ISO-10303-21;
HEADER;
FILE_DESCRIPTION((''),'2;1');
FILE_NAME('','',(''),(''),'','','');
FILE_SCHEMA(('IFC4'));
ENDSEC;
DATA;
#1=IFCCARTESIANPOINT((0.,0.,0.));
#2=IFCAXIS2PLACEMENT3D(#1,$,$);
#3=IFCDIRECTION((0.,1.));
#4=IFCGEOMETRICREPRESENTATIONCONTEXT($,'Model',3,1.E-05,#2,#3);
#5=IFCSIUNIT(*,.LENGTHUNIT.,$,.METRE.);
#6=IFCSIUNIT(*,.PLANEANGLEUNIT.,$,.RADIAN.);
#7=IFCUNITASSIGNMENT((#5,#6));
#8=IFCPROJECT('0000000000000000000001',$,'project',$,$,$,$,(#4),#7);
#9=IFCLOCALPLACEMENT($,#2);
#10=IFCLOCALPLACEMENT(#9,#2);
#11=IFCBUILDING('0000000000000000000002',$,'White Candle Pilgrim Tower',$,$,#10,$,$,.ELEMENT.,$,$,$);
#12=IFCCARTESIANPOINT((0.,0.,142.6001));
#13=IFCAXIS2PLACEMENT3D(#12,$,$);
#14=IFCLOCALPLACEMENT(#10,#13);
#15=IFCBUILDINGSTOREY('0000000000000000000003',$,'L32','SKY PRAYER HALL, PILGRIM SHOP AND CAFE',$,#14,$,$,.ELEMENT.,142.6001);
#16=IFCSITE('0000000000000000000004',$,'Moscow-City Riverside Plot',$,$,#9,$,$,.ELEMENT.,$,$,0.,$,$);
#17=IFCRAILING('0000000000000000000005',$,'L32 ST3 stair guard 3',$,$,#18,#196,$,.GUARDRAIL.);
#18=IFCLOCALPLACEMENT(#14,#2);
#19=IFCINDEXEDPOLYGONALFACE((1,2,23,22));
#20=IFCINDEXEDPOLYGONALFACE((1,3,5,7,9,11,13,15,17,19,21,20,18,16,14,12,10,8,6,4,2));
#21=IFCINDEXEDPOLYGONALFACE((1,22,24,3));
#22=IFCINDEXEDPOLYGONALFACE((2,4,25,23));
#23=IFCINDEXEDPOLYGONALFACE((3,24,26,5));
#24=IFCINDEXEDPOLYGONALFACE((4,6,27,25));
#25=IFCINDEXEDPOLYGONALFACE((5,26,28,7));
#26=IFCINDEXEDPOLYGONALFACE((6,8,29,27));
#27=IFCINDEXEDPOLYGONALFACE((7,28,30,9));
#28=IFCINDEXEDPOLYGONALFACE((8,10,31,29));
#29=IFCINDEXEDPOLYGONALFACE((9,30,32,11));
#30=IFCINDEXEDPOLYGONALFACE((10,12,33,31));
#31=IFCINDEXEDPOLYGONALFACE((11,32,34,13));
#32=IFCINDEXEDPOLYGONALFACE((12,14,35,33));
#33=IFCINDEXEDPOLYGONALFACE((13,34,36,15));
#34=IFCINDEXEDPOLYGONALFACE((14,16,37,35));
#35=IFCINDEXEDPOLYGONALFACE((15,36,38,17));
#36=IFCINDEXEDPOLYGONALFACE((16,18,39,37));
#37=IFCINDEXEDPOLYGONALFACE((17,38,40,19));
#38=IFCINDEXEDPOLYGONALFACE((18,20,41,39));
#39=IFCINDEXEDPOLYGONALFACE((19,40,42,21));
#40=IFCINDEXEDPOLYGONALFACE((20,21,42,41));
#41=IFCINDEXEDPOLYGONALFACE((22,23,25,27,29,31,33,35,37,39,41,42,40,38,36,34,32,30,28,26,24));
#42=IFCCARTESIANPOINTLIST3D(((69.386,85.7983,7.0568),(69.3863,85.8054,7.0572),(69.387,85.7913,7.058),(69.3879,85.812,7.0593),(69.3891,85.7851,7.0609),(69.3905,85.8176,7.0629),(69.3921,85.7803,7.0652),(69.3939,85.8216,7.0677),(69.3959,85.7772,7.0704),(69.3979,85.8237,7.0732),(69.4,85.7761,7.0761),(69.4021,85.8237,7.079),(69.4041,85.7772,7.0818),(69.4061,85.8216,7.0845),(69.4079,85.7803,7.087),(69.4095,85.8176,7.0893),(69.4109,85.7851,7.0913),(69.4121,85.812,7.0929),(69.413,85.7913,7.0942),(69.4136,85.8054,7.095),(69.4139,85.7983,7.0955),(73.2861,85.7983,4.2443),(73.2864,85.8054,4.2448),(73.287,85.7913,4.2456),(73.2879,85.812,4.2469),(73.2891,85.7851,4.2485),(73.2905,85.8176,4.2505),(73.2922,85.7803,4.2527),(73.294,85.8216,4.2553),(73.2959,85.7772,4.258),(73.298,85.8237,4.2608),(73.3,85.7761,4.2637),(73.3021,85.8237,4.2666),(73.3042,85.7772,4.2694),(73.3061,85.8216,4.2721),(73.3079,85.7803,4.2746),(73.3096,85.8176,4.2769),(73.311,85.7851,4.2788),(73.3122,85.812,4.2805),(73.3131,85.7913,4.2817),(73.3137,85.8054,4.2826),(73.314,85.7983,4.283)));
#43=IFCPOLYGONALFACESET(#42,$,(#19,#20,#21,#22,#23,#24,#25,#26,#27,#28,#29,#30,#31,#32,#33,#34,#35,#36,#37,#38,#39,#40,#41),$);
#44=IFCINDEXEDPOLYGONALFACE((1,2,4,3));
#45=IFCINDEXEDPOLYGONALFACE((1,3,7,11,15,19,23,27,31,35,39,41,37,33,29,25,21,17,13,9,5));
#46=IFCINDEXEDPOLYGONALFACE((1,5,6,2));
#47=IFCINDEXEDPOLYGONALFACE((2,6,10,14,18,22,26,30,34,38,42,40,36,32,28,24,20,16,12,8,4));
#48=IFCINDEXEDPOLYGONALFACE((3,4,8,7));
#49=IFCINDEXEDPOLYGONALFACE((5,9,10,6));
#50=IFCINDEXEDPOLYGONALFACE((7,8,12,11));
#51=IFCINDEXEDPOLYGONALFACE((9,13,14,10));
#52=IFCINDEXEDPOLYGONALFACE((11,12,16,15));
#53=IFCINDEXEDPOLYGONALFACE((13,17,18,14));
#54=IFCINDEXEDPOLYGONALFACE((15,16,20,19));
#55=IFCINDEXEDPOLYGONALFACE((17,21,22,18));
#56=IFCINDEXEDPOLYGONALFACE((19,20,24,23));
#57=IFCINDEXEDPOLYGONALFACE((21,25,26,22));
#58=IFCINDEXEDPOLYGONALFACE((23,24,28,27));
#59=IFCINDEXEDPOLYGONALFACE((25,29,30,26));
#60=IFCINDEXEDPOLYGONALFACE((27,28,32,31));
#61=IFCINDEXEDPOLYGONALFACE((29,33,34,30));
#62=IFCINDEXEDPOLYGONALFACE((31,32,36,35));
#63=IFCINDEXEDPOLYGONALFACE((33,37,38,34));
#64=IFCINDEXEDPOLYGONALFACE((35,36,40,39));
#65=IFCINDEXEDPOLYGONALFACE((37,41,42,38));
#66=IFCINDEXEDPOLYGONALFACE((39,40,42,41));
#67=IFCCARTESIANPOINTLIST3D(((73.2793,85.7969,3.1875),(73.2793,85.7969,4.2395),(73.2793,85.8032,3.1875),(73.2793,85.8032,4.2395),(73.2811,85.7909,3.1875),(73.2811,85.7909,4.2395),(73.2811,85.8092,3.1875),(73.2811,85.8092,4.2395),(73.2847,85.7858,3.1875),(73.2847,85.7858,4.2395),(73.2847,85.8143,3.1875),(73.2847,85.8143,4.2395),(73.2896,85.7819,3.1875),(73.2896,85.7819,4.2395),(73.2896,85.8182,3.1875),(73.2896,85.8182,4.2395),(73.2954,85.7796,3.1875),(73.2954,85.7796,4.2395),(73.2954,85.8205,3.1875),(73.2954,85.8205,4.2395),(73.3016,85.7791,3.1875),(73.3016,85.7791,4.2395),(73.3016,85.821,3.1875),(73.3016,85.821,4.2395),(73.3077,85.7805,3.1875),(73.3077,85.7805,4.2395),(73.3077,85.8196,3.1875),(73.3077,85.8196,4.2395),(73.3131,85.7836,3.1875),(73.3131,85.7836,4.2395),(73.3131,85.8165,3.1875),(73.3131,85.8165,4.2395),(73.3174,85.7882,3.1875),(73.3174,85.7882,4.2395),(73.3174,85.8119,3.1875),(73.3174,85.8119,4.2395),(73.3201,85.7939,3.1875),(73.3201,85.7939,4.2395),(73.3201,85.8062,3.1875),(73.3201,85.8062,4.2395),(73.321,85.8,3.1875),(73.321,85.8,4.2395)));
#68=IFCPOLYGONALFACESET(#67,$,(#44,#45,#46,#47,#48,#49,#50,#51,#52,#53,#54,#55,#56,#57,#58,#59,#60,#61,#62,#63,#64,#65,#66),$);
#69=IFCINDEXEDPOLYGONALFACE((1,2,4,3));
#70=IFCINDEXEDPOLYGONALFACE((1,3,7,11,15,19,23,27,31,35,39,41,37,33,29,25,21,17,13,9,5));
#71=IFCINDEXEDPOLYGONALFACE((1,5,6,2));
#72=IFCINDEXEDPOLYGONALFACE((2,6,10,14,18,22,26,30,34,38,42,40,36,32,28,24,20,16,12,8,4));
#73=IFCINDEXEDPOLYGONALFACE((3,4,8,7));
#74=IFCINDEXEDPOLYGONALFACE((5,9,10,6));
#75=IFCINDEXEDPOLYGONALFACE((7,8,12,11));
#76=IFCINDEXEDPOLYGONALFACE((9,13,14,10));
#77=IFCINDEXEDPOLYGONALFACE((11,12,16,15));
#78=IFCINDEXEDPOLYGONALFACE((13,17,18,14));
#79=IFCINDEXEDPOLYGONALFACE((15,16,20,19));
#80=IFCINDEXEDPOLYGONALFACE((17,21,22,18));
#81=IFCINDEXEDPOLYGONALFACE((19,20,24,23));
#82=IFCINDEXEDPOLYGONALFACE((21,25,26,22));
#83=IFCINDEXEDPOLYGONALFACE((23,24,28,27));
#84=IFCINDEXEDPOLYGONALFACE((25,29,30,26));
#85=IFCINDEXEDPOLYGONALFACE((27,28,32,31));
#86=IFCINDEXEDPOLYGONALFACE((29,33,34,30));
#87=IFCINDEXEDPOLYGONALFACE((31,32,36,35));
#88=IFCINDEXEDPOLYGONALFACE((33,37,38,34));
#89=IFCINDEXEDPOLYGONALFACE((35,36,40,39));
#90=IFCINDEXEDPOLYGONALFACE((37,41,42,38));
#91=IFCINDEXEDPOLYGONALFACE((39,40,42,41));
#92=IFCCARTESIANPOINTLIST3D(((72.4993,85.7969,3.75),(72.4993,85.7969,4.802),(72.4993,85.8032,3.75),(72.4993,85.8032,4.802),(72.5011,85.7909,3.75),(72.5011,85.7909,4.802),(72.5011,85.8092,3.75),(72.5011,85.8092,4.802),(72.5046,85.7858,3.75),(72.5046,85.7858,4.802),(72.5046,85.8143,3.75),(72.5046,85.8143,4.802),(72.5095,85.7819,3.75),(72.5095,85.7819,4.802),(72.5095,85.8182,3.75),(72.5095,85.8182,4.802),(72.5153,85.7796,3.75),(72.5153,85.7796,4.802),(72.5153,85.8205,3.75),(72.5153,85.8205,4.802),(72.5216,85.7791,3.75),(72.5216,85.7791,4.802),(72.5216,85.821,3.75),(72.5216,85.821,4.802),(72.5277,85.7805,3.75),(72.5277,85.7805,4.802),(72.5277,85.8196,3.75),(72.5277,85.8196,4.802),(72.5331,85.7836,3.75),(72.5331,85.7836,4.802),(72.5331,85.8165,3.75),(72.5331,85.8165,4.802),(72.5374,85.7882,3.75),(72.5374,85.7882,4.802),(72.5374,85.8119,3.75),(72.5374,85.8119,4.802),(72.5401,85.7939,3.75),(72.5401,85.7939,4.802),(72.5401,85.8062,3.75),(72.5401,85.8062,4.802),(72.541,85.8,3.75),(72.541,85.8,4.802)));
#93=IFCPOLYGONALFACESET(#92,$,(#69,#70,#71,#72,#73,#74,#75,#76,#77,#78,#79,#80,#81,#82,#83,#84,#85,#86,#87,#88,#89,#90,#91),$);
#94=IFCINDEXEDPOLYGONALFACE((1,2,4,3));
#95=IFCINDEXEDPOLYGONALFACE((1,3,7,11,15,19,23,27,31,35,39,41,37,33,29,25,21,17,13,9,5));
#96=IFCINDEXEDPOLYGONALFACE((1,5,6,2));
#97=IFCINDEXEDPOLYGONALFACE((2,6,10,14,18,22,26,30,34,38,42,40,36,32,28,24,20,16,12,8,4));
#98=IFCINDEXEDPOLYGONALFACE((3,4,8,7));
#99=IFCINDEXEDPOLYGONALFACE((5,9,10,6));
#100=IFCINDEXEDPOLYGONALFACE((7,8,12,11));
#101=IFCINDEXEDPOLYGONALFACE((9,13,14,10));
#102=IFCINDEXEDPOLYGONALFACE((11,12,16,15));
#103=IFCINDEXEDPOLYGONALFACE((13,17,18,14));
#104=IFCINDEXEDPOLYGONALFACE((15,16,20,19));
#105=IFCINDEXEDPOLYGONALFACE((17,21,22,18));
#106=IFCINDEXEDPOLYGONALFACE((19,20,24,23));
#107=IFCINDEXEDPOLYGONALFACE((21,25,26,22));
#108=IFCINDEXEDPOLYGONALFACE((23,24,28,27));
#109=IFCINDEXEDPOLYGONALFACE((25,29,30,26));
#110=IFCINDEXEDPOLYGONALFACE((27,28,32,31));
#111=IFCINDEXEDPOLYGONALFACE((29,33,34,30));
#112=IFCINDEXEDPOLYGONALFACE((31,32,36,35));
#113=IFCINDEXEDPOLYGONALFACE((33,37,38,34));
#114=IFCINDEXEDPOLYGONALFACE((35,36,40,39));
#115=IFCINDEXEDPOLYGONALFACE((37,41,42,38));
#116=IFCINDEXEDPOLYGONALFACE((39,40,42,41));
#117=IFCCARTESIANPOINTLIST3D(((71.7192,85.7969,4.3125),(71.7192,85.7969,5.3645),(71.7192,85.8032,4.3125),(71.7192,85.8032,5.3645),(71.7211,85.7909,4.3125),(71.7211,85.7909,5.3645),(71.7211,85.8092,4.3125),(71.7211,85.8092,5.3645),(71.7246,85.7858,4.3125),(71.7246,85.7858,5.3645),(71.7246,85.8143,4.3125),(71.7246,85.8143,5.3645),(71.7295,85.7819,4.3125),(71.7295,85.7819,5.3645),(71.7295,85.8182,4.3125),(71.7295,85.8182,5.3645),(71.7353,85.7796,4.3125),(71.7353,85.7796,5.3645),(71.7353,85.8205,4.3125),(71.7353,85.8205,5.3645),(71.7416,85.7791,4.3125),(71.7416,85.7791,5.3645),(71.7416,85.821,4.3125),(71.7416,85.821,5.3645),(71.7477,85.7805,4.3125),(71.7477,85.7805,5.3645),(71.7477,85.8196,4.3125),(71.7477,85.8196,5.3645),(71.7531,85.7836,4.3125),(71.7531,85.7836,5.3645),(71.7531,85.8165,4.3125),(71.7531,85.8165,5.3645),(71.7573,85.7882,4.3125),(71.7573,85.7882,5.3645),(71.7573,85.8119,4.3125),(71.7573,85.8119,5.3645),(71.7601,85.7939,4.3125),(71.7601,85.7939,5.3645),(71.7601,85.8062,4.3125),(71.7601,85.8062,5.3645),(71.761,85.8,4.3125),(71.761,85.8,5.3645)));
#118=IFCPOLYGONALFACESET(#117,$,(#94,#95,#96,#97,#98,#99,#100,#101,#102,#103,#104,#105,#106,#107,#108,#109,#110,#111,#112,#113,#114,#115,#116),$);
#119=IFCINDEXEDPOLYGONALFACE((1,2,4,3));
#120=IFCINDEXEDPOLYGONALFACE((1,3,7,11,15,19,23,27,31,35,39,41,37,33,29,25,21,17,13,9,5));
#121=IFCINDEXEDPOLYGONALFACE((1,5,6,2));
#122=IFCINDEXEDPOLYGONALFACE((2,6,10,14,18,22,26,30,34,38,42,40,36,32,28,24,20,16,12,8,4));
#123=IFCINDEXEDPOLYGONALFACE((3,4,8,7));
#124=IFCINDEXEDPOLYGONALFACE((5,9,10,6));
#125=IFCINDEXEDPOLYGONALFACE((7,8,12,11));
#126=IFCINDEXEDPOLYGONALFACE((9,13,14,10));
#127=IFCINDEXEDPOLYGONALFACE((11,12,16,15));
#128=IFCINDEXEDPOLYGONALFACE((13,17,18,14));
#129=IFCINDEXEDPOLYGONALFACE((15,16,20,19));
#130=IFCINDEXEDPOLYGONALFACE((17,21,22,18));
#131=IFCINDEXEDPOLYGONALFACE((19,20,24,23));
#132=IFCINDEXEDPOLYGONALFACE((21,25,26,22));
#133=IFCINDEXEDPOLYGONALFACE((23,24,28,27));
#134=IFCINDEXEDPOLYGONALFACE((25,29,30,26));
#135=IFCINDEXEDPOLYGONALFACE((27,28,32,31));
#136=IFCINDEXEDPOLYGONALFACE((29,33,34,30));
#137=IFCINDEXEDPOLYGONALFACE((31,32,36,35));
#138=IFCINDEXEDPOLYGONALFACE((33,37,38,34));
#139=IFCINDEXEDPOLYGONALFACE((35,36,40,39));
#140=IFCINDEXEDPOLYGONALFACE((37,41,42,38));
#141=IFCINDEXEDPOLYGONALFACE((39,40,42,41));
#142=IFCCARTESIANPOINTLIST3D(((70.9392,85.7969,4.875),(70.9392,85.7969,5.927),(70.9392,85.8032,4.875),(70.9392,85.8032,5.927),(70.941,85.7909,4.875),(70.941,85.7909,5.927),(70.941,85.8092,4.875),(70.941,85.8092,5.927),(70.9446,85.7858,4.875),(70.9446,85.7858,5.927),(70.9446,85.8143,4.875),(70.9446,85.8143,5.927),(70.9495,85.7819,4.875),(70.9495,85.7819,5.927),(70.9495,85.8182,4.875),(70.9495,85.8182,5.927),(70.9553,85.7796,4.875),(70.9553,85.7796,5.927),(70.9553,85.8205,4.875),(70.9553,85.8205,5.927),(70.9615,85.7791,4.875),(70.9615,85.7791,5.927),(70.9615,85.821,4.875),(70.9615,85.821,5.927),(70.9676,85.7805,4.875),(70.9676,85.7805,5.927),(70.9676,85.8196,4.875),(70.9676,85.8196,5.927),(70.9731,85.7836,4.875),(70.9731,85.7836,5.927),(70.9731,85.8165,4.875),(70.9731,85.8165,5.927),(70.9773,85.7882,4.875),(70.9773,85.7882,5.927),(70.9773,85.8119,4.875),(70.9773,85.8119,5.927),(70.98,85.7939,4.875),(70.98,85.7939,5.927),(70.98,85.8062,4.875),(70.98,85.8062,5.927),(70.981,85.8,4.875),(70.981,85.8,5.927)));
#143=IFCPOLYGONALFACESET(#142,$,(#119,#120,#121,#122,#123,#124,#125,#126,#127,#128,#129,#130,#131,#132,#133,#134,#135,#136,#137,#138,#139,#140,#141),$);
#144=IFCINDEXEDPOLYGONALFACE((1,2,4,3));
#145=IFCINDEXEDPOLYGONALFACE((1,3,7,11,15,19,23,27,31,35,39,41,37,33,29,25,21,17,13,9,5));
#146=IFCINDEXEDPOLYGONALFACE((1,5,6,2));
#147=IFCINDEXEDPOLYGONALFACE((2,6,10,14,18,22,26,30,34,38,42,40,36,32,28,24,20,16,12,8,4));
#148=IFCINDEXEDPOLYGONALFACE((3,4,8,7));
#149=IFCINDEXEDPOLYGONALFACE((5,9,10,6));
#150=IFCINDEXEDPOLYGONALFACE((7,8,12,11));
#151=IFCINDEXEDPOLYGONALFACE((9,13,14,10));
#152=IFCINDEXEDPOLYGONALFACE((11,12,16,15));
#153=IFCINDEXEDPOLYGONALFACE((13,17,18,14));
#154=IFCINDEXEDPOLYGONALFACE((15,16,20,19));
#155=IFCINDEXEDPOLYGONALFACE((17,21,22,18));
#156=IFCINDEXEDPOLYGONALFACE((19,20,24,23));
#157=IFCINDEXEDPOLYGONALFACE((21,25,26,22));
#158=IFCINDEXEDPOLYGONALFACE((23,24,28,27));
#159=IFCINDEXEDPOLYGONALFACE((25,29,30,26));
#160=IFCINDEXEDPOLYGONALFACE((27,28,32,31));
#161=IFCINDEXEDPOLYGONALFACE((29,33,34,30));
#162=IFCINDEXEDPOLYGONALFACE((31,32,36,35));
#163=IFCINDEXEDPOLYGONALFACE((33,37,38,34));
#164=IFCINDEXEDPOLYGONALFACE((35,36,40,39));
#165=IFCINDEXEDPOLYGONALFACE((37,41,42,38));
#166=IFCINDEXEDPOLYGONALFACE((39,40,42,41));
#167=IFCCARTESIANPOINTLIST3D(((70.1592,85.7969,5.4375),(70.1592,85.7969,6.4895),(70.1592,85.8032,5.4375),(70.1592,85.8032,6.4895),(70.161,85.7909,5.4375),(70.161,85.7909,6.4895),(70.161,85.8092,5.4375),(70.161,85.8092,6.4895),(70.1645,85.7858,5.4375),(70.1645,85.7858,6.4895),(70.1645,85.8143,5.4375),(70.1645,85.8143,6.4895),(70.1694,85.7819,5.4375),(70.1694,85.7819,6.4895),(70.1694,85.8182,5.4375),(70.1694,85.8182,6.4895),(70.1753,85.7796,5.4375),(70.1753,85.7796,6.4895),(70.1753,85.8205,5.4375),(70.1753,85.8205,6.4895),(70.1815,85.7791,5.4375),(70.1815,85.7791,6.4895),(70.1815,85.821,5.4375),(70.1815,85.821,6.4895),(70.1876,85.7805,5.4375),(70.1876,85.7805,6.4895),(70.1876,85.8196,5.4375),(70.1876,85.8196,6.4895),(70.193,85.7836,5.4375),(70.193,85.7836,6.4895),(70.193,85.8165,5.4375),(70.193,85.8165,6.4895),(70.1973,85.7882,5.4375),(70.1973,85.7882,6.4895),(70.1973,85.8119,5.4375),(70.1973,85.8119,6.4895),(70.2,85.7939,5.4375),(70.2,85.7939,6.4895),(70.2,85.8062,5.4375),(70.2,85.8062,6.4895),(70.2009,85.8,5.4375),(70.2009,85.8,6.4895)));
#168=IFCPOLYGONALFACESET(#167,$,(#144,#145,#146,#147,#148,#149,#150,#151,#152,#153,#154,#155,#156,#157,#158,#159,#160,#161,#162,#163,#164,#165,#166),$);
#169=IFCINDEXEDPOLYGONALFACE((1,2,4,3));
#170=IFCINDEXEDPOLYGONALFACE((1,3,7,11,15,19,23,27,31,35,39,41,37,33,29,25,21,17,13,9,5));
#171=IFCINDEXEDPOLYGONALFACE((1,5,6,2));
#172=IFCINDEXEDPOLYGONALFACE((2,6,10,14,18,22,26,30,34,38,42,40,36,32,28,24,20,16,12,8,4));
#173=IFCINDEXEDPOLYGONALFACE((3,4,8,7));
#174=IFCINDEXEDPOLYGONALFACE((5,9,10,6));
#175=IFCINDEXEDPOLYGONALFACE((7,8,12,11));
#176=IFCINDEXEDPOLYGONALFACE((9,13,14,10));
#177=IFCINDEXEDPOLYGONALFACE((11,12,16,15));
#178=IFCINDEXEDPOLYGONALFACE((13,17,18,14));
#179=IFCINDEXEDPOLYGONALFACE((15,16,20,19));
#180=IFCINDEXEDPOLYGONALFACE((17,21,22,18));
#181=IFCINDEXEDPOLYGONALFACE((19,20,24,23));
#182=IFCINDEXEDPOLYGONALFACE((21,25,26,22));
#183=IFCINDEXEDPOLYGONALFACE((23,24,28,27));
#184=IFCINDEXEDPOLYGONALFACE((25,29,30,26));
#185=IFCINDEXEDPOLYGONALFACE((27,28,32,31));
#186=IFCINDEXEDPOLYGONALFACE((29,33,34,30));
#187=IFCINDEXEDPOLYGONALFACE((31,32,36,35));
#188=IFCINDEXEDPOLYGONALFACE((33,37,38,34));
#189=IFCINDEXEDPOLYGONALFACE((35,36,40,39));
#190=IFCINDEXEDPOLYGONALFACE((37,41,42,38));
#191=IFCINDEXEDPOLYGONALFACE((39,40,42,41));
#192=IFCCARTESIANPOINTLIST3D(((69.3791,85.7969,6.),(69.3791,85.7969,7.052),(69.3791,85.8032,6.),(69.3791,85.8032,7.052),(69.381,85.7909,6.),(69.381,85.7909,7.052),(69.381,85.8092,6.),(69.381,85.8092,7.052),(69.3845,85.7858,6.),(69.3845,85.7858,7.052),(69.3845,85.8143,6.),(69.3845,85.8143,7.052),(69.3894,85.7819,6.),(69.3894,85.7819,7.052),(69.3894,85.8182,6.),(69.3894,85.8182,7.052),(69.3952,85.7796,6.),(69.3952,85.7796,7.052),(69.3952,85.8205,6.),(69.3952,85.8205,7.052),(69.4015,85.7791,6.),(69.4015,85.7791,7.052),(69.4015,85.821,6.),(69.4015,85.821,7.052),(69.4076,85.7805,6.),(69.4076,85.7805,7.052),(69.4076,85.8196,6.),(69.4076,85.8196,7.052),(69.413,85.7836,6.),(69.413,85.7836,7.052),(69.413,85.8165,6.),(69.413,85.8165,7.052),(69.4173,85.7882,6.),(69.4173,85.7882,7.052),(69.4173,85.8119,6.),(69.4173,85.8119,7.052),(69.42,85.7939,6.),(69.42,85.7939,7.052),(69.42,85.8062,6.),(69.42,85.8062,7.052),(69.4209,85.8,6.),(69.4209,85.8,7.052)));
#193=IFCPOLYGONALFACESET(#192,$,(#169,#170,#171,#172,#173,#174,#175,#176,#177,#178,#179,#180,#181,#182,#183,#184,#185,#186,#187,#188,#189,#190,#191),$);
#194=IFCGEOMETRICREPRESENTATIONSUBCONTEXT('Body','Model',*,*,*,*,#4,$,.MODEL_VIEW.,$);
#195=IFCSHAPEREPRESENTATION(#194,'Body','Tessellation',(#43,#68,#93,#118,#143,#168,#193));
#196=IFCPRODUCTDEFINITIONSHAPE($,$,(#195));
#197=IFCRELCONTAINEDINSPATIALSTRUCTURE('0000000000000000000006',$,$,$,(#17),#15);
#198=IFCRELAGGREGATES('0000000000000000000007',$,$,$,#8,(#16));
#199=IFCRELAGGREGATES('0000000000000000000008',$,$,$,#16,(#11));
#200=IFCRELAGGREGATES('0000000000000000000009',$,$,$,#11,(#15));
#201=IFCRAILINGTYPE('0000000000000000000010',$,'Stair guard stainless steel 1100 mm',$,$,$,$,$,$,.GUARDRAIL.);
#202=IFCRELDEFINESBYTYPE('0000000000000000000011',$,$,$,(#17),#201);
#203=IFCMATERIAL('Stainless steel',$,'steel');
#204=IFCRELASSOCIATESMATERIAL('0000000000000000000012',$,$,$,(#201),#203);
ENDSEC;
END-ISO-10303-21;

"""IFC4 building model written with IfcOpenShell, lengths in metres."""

from ifc_helpers import new_model, si_unit, direction, frame, origin, origin_2d, place, context, subcontext, project, spatial, circle, extrude, material, type_object, element, save


model = new_model("IFC4")

# Units and contexts
model_context = context("Model", 3, precision=1e-05, world=origin(), true_north=direction((0.0, 1.0)))
body_context = subcontext(model_context, "Body", "Model", "MODEL_VIEW")
ifc_project = project(units=[si_unit("LENGTHUNIT", "METRE"), si_unit("PLANEANGLEUNIT", "RADIAN")], contexts=[model_context])

# Site, building, storey
site_placement = place(None, origin())
site = spatial("IfcSite", under=ifc_project, at=site_placement, Name="Moscow-City Riverside Plot", CompositionType="ELEMENT", RefElevation=0.0)
building_placement = place(site_placement, origin())
building = spatial("IfcBuilding", under=site, at=building_placement, Name="White Candle Pilgrim Tower", CompositionType="ELEMENT")
storey_placement = place(building_placement, frame((0.0, 0.0, 142.6001)))
storey = spatial("IfcBuildingStorey", under=building, at=storey_placement, Name="L32", Description="SKY PRAYER HALL, PILGRIM SHOP AND CAFE", CompositionType="ELEMENT", Elevation=142.6001)

# Shared definitions
ifc_material_1 = material(Name="Stainless steel", Category="steel")

# Railing
railing_type_1 = type_object("IfcRailingType", Name="Stair guard stainless steel 1100 mm", PredefinedType="GUARDRAIL", material=ifc_material_1)
railing_1_placement = place(storey_placement, frame((73.3, 85.8, 3.1875)))
element("IfcRailing", 1, at=railing_1_placement, inside=storey, type_object=railing_type_1, Name="L32 ST3 stair guard 3", PredefinedType="GUARDRAIL", context=body_context, shape_type="SweptSolid", body=[
    extrude(circle(Radius=0.0239, at=origin_2d()), frame((0.0, 0.0, 1.0762), z_axis=(-0.811101, 0.0, 0.584906), x_axis=(0.0, -1.0, 0.0)), (0.0, 0.0, 1.0), 4.8083),
    extrude(circle(Radius=0.021, at=origin_2d()), origin(), (0.0, 0.0, 1.0), 1.052),
    extrude(circle(Radius=0.021, at=origin_2d()), frame((-0.78, 0.0, 0.5625)), (0.0, 0.0, 1.0), 1.052),
    extrude(circle(Radius=0.021, at=origin_2d()), frame((-1.5601, 0.0, 1.125)), (0.0, 0.0, 1.0), 1.052),
    extrude(circle(Radius=0.021, at=origin_2d()), frame((-2.3401, 0.0, 1.6875)), (0.0, 0.0, 1.0), 1.052),
    extrude(circle(Radius=0.021, at=origin_2d()), frame((-3.1201, 0.0, 2.25)), (0.0, 0.0, 1.0), 1.052),
    extrude(circle(Radius=0.021, at=origin_2d()), frame((-3.9001, 0.0, 2.8125)), (0.0, 0.0, 1.0), 1.052),
])

save(model, "model.ifc")
